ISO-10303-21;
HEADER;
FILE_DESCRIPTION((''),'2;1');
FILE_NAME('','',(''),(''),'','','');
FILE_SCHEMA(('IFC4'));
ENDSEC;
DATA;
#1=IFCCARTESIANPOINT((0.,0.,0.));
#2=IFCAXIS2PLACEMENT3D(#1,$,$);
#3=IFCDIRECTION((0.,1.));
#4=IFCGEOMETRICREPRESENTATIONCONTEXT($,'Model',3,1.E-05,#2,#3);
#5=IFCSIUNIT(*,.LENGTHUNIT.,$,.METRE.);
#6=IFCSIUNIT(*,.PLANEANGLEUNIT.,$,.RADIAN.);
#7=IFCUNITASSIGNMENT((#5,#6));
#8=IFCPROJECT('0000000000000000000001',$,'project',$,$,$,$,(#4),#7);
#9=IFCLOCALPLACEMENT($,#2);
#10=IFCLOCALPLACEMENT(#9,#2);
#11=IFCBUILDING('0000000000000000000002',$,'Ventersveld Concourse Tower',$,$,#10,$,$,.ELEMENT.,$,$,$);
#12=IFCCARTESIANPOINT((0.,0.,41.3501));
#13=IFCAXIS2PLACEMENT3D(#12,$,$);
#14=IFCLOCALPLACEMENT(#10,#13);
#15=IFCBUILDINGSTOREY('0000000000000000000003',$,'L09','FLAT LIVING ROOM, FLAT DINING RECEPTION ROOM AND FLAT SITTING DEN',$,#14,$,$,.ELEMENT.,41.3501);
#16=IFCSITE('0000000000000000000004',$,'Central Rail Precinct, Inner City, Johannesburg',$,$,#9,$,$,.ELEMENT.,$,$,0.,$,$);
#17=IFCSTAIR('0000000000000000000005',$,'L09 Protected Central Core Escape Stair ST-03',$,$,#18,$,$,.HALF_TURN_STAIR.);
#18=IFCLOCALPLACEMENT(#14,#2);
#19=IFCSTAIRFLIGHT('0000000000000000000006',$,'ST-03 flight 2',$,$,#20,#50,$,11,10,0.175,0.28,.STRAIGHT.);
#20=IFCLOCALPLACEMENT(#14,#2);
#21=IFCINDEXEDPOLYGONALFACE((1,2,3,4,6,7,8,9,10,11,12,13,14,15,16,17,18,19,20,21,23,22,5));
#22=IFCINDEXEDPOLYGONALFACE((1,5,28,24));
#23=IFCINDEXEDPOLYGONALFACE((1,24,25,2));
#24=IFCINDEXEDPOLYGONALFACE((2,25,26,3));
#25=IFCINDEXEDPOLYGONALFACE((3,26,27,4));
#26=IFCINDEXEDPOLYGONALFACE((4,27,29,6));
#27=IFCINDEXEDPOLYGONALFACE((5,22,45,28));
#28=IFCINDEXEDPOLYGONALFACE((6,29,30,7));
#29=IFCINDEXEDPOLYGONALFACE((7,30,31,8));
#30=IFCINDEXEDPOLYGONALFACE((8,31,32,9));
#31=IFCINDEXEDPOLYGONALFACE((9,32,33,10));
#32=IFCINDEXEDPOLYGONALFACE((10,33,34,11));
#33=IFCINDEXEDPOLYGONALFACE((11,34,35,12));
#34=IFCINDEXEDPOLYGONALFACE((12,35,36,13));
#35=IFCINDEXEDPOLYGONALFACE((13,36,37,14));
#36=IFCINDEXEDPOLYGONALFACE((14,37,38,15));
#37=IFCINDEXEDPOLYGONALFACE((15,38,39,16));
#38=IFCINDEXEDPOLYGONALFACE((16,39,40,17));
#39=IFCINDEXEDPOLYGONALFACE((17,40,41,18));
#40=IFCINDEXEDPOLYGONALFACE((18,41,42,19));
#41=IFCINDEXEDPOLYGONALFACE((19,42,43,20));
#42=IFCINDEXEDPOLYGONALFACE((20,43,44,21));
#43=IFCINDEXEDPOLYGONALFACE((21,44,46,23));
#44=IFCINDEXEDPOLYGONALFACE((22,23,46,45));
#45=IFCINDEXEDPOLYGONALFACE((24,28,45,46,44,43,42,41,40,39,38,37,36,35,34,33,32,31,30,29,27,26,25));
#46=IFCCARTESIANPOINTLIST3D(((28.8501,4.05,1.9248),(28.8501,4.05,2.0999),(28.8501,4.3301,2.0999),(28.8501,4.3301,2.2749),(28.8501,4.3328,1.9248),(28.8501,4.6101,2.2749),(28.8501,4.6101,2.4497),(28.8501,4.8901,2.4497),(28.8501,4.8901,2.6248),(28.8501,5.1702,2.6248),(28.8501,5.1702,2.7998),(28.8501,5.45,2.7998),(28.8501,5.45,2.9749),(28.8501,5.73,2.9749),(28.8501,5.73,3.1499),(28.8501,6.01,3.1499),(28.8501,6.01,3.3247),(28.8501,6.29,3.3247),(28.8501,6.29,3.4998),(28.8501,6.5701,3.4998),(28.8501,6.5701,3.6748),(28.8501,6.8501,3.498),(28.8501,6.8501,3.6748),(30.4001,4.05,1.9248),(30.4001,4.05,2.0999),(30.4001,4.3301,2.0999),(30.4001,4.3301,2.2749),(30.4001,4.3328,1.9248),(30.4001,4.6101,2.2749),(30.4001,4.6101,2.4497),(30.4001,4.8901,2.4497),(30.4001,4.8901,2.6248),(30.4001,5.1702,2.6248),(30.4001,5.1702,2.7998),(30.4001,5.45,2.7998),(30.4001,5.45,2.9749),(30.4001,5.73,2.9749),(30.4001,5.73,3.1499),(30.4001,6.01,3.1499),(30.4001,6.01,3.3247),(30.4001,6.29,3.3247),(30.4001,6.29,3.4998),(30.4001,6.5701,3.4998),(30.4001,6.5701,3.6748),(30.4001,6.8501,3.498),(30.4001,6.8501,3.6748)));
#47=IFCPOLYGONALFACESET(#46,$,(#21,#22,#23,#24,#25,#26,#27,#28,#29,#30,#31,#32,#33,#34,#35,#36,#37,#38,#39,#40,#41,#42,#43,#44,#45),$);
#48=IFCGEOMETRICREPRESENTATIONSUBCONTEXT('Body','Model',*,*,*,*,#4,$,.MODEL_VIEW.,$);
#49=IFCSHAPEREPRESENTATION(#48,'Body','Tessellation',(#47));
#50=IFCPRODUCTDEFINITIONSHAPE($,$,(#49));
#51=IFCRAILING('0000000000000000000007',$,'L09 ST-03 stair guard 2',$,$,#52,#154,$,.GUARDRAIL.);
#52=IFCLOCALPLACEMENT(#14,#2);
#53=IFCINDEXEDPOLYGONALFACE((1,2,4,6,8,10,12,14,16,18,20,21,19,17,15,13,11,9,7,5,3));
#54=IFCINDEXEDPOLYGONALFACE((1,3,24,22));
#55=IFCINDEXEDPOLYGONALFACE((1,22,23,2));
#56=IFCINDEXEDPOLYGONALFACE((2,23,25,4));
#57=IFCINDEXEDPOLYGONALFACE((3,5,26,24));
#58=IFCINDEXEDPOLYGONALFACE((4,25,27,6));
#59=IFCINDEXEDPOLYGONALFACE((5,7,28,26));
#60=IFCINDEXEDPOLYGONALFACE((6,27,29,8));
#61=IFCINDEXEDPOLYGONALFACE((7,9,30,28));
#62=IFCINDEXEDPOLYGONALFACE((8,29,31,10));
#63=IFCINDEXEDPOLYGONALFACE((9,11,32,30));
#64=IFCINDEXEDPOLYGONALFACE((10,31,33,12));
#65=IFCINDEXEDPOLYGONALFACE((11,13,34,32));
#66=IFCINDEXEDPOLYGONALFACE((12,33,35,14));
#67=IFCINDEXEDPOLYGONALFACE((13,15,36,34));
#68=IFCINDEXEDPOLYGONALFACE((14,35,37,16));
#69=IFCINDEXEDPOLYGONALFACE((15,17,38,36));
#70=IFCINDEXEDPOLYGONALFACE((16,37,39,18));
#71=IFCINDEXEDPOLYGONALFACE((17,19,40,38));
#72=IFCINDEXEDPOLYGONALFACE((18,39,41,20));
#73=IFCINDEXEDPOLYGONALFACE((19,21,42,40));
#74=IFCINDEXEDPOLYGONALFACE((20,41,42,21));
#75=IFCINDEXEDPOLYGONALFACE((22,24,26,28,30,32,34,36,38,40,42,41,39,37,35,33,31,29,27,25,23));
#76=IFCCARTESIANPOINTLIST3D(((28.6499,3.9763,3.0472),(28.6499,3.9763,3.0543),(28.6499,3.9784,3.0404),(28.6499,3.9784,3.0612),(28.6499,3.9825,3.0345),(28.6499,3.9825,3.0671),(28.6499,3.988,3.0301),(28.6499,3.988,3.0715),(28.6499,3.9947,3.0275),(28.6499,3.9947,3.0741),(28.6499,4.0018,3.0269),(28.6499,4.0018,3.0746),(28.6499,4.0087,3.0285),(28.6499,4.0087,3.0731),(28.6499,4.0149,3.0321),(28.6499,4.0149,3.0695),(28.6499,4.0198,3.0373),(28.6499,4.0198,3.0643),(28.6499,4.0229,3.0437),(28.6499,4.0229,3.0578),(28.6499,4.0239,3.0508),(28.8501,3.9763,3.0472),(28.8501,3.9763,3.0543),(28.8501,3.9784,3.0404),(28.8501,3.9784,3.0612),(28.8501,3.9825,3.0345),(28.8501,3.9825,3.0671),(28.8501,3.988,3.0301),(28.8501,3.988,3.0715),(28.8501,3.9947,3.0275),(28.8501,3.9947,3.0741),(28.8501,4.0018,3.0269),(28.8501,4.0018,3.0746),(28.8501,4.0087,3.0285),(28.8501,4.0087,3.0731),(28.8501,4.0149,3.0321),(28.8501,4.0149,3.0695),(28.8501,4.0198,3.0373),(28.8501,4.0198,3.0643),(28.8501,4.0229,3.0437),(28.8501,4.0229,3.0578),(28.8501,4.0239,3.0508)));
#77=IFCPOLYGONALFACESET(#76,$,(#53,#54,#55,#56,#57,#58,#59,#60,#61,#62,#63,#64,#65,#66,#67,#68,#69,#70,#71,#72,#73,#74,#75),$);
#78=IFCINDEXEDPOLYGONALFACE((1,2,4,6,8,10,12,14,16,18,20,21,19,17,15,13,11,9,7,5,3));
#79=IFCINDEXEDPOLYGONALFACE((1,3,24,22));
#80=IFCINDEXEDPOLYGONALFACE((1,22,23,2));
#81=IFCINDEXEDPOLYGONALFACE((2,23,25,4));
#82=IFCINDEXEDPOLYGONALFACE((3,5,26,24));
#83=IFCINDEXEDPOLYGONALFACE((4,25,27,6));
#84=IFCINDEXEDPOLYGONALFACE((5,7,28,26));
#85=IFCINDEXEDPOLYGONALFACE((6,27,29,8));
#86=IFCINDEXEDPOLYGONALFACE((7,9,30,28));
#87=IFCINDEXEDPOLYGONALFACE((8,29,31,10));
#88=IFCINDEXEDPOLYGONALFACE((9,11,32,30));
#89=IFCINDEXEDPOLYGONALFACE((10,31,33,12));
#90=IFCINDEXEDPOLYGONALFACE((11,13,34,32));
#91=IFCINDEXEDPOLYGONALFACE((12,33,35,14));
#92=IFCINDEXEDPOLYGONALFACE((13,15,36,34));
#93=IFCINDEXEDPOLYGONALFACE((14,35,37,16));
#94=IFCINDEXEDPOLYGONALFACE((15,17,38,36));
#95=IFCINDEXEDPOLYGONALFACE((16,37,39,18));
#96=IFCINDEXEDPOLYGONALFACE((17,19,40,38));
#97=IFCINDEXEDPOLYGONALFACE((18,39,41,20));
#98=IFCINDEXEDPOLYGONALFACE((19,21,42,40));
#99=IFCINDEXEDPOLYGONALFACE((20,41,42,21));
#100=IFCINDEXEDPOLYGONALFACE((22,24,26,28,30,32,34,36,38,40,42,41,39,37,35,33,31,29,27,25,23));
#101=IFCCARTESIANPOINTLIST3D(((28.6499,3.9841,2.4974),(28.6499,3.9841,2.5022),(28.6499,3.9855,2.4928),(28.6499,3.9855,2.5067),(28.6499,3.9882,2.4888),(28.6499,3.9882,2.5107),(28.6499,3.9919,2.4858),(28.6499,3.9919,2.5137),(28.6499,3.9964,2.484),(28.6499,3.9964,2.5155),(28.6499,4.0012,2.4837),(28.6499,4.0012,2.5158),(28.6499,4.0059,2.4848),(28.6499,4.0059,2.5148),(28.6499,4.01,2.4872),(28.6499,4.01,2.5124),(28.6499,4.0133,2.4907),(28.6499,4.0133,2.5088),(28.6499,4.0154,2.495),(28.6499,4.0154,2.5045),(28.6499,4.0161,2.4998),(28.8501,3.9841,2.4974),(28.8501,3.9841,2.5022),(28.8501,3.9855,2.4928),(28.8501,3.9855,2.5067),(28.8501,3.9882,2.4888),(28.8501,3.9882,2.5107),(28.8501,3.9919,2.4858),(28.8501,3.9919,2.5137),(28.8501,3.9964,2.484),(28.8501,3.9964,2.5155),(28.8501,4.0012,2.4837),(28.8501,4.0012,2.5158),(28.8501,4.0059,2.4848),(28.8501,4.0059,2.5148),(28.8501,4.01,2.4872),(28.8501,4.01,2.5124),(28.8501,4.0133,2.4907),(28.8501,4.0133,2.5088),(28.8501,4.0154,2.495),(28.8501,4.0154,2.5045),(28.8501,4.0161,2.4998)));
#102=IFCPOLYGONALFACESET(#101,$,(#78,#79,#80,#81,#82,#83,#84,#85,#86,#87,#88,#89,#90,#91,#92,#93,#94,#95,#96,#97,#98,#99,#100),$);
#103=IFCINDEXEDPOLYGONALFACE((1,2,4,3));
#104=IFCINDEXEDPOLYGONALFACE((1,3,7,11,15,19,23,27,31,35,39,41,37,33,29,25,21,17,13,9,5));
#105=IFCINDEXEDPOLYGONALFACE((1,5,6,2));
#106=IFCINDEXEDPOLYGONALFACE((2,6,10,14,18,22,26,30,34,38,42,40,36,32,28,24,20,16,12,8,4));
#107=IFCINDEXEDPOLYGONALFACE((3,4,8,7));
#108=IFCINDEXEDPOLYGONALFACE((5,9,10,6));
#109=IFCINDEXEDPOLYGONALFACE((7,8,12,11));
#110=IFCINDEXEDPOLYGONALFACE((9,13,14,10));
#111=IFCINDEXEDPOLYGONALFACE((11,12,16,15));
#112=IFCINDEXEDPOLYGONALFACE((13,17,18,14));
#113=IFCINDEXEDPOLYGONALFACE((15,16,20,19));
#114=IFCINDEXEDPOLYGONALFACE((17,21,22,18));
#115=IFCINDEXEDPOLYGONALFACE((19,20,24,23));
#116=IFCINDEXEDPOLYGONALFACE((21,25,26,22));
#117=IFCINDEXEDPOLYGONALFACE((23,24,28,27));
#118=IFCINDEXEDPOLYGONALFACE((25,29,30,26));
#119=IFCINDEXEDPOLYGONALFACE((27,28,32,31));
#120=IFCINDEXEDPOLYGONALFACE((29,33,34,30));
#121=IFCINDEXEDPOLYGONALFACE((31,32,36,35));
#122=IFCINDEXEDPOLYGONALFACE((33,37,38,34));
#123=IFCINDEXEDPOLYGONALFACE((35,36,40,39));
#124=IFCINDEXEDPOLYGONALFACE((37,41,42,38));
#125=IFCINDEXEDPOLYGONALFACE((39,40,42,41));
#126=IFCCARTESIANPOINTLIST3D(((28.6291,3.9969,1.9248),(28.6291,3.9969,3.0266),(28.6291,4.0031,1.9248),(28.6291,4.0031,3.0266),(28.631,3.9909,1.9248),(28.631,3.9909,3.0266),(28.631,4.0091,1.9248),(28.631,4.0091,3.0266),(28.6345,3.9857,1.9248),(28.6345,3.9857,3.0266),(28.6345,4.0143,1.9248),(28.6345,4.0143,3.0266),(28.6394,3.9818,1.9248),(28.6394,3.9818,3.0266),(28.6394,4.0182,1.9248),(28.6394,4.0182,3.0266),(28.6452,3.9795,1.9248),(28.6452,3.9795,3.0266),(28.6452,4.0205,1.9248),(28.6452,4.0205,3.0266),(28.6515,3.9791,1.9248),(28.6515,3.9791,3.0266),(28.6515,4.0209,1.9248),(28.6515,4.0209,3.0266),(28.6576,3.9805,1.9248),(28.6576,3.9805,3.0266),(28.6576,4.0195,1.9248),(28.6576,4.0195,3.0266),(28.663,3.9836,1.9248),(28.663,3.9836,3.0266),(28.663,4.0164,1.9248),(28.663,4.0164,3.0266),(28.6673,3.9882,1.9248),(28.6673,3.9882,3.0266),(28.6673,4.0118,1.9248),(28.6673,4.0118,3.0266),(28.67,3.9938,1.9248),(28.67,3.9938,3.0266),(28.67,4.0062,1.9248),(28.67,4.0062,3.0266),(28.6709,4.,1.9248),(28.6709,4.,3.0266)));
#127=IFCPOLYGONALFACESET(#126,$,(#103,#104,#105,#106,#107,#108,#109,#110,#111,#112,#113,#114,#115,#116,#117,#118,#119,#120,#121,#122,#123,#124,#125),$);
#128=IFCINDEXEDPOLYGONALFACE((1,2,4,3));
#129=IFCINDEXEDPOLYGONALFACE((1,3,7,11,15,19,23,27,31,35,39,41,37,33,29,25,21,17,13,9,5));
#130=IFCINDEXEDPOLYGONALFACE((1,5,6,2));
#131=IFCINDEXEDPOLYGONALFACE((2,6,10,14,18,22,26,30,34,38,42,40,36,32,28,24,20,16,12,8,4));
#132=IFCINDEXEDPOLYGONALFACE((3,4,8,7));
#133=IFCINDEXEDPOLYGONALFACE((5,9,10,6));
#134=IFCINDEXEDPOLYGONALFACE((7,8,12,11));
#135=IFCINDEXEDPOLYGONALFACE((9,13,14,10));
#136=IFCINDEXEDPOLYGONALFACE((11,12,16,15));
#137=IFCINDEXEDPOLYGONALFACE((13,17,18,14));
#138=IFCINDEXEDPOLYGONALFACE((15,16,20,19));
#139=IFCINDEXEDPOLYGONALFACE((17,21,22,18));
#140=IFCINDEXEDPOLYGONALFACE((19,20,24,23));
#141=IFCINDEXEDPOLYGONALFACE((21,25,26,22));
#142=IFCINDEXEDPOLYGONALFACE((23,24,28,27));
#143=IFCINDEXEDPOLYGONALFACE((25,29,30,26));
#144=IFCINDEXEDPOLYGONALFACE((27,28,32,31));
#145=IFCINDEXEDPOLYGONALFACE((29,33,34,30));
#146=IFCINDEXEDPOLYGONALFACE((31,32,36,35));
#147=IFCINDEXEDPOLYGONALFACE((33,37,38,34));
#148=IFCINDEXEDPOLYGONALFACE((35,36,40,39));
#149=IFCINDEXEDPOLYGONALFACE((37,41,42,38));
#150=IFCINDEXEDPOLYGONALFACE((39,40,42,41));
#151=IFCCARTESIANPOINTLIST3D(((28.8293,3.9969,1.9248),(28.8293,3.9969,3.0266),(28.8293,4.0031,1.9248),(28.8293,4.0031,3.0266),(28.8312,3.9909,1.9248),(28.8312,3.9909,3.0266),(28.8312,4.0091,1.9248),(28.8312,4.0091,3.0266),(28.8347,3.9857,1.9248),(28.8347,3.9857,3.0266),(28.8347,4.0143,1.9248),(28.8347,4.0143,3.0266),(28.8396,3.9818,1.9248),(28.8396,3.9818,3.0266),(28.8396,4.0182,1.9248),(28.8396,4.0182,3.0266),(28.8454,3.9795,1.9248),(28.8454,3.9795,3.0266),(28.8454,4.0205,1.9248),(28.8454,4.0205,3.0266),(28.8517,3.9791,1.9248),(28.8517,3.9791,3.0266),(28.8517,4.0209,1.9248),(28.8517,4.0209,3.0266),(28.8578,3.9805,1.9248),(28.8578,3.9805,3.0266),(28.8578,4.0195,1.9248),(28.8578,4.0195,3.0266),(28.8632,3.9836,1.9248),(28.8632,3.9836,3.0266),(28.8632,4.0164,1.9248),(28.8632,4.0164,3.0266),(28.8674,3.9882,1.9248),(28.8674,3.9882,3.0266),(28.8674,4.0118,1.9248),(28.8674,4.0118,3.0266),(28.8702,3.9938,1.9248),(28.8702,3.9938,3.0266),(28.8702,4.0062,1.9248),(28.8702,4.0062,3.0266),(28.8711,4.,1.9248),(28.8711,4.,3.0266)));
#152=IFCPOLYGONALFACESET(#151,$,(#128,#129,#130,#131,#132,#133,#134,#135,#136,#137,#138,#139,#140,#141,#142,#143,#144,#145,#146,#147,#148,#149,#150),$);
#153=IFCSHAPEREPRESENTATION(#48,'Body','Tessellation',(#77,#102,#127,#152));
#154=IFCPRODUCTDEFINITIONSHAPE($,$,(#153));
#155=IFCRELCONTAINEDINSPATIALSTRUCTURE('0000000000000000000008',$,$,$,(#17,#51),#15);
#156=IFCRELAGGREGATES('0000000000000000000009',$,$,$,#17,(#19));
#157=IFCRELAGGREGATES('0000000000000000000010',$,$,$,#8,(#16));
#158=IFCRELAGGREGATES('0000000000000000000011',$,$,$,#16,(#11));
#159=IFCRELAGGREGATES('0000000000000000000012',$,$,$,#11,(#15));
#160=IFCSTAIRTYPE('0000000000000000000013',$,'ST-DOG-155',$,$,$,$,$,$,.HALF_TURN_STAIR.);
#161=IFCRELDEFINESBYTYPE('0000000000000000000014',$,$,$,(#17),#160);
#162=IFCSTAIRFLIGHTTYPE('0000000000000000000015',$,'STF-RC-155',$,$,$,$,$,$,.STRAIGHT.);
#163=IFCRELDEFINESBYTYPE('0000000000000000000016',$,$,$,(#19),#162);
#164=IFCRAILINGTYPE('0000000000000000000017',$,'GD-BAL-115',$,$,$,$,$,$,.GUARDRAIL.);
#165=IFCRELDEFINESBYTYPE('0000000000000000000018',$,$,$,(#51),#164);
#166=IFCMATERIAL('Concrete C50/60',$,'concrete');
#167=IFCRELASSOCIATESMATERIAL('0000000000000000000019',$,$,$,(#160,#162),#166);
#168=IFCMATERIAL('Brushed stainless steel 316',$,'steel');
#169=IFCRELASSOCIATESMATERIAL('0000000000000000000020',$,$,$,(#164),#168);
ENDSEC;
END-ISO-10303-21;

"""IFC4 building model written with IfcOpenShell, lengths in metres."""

from ifc_helpers import new_model, si_unit, direction, frame, origin, origin_2d, place, context, subcontext, project, spatial, polyline, circle, outline, extrude, material, type_object, element, aggregate, save


model = new_model("IFC4")

# Units and contexts
model_context = context("Model", 3, precision=1e-05, world=origin(), true_north=direction((0.0, 1.0)))
body_context = subcontext(model_context, "Body", "Model", "MODEL_VIEW")
ifc_project = project(units=[si_unit("LENGTHUNIT", "METRE"), si_unit("PLANEANGLEUNIT", "RADIAN")], contexts=[model_context])

# Site, building, storey
site_placement = place(None, origin())
site = spatial("IfcSite", under=ifc_project, at=site_placement, Name="Central Rail Precinct, Inner City, Johannesburg", CompositionType="ELEMENT", RefElevation=0.0)
building_placement = place(site_placement, origin())
building = spatial("IfcBuilding", under=site, at=building_placement, Name="Ventersveld Concourse Tower", CompositionType="ELEMENT")
storey_placement = place(building_placement, frame((0.0, 0.0, 41.3501)))
storey = spatial("IfcBuildingStorey", under=building, at=storey_placement, Name="L09", Description="FLAT LIVING ROOM, FLAT DINING RECEPTION ROOM AND FLAT SITTING DEN", CompositionType="ELEMENT", Elevation=41.3501)

# Shared definitions
ifc_material_1 = material(Name="Concrete C50/60", Category="concrete")

# Stair, stair flight
stair_type = type_object("IfcStairType", Name="ST-DOG-155", PredefinedType="HALF_TURN_STAIR", material=ifc_material_1)
stair_placement = place(storey_placement, origin())
stair = element("IfcStair", 1, at=stair_placement, inside=storey, type_object=stair_type, Name="L09 Protected Central Core Escape Stair ST-03", PredefinedType="HALF_TURN_STAIR")
stair_flight_type = type_object("IfcStairFlightType", Name="STF-RC-155", PredefinedType="STRAIGHT", material=ifc_material_1)
stair_flight_placement = place(storey_placement, frame((29.625, 4.05, 1.9248), z_axis=(0.0, 0.0, 1.0), x_axis=(0.0, 1.0, 0.0)))
stair_flight = element("IfcStairFlight", 2, at=stair_flight_placement, type_object=stair_flight_type, Name="ST-03 flight 2", NumberOfRisers=11, NumberOfTreads=10, PredefinedType="STRAIGHT", RiserHeight=0.175, TreadLength=0.28, context=body_context, shape_type="SweptSolid", body=[
    extrude(outline(polyline([(0.0, 0.0), (0.0, 0.175), (0.28, 0.175), (0.28, 0.3501), (0.5601, 0.3501), (0.5601, 0.5249), (0.8401, 0.5249), (0.8401, 0.7), (1.1201, 0.7), (1.1201, 0.875), (1.3999, 0.875), (1.3999, 1.05), (1.6799, 1.05), (1.6799, 1.2251), (1.96, 1.2251), (1.96, 1.3999), (2.24, 1.3999), (2.24, 1.575), (2.52, 1.575), (2.52, 1.75), (2.8, 1.75), (2.8, 1.925), (2.8, 1.5732), (0.2827, 0.0), (0.0, 0.0)])), frame((0.0, 0.7749, 0.0), z_axis=(0.0, -1.0, 0.0), x_axis=(1.0, 0.0, 0.0)), (0.0, 0.0, 1.0), 1.55),
])
aggregate(stair, [stair_flight])

# Railing
ifc_material_2 = material(Name="Brushed stainless steel 316", Category="steel")
railing_type_1 = type_object("IfcRailingType", Name="GD-BAL-115", PredefinedType="GUARDRAIL", material=ifc_material_2)
railing_1_placement = place(storey_placement, frame((28.6499, 4.0, 1.9248)))
element("IfcRailing", 3, at=railing_1_placement, inside=storey, type_object=railing_type_1, Name="L09 ST-03 stair guard 2", PredefinedType="GUARDRAIL", context=body_context, shape_type="SweptSolid", body=[
    extrude(circle(Radius=0.0239, at=origin_2d()), frame((0.0, 0.0, 1.126), z_axis=(1.0, 0.0, 0.0), x_axis=(0.0, 1.0, 0.0)), (0.0, 0.0, 1.0), 0.2002),
    extrude(circle(Radius=0.0161, at=origin_2d()), frame((0.0, 0.0, 0.575), z_axis=(1.0, 0.0, 0.0), x_axis=(0.0, 1.0, 0.0)), (0.0, 0.0, 1.0), 0.2002),
    extrude(circle(Radius=0.021, at=origin_2d()), origin(), (0.0, 0.0, 1.0), 1.1018),
    extrude(circle(Radius=0.021, at=origin_2d()), frame((0.2002, 0.0, 0.0)), (0.0, 0.0, 1.0), 1.1018),
])

save(model, "model.ifc")
